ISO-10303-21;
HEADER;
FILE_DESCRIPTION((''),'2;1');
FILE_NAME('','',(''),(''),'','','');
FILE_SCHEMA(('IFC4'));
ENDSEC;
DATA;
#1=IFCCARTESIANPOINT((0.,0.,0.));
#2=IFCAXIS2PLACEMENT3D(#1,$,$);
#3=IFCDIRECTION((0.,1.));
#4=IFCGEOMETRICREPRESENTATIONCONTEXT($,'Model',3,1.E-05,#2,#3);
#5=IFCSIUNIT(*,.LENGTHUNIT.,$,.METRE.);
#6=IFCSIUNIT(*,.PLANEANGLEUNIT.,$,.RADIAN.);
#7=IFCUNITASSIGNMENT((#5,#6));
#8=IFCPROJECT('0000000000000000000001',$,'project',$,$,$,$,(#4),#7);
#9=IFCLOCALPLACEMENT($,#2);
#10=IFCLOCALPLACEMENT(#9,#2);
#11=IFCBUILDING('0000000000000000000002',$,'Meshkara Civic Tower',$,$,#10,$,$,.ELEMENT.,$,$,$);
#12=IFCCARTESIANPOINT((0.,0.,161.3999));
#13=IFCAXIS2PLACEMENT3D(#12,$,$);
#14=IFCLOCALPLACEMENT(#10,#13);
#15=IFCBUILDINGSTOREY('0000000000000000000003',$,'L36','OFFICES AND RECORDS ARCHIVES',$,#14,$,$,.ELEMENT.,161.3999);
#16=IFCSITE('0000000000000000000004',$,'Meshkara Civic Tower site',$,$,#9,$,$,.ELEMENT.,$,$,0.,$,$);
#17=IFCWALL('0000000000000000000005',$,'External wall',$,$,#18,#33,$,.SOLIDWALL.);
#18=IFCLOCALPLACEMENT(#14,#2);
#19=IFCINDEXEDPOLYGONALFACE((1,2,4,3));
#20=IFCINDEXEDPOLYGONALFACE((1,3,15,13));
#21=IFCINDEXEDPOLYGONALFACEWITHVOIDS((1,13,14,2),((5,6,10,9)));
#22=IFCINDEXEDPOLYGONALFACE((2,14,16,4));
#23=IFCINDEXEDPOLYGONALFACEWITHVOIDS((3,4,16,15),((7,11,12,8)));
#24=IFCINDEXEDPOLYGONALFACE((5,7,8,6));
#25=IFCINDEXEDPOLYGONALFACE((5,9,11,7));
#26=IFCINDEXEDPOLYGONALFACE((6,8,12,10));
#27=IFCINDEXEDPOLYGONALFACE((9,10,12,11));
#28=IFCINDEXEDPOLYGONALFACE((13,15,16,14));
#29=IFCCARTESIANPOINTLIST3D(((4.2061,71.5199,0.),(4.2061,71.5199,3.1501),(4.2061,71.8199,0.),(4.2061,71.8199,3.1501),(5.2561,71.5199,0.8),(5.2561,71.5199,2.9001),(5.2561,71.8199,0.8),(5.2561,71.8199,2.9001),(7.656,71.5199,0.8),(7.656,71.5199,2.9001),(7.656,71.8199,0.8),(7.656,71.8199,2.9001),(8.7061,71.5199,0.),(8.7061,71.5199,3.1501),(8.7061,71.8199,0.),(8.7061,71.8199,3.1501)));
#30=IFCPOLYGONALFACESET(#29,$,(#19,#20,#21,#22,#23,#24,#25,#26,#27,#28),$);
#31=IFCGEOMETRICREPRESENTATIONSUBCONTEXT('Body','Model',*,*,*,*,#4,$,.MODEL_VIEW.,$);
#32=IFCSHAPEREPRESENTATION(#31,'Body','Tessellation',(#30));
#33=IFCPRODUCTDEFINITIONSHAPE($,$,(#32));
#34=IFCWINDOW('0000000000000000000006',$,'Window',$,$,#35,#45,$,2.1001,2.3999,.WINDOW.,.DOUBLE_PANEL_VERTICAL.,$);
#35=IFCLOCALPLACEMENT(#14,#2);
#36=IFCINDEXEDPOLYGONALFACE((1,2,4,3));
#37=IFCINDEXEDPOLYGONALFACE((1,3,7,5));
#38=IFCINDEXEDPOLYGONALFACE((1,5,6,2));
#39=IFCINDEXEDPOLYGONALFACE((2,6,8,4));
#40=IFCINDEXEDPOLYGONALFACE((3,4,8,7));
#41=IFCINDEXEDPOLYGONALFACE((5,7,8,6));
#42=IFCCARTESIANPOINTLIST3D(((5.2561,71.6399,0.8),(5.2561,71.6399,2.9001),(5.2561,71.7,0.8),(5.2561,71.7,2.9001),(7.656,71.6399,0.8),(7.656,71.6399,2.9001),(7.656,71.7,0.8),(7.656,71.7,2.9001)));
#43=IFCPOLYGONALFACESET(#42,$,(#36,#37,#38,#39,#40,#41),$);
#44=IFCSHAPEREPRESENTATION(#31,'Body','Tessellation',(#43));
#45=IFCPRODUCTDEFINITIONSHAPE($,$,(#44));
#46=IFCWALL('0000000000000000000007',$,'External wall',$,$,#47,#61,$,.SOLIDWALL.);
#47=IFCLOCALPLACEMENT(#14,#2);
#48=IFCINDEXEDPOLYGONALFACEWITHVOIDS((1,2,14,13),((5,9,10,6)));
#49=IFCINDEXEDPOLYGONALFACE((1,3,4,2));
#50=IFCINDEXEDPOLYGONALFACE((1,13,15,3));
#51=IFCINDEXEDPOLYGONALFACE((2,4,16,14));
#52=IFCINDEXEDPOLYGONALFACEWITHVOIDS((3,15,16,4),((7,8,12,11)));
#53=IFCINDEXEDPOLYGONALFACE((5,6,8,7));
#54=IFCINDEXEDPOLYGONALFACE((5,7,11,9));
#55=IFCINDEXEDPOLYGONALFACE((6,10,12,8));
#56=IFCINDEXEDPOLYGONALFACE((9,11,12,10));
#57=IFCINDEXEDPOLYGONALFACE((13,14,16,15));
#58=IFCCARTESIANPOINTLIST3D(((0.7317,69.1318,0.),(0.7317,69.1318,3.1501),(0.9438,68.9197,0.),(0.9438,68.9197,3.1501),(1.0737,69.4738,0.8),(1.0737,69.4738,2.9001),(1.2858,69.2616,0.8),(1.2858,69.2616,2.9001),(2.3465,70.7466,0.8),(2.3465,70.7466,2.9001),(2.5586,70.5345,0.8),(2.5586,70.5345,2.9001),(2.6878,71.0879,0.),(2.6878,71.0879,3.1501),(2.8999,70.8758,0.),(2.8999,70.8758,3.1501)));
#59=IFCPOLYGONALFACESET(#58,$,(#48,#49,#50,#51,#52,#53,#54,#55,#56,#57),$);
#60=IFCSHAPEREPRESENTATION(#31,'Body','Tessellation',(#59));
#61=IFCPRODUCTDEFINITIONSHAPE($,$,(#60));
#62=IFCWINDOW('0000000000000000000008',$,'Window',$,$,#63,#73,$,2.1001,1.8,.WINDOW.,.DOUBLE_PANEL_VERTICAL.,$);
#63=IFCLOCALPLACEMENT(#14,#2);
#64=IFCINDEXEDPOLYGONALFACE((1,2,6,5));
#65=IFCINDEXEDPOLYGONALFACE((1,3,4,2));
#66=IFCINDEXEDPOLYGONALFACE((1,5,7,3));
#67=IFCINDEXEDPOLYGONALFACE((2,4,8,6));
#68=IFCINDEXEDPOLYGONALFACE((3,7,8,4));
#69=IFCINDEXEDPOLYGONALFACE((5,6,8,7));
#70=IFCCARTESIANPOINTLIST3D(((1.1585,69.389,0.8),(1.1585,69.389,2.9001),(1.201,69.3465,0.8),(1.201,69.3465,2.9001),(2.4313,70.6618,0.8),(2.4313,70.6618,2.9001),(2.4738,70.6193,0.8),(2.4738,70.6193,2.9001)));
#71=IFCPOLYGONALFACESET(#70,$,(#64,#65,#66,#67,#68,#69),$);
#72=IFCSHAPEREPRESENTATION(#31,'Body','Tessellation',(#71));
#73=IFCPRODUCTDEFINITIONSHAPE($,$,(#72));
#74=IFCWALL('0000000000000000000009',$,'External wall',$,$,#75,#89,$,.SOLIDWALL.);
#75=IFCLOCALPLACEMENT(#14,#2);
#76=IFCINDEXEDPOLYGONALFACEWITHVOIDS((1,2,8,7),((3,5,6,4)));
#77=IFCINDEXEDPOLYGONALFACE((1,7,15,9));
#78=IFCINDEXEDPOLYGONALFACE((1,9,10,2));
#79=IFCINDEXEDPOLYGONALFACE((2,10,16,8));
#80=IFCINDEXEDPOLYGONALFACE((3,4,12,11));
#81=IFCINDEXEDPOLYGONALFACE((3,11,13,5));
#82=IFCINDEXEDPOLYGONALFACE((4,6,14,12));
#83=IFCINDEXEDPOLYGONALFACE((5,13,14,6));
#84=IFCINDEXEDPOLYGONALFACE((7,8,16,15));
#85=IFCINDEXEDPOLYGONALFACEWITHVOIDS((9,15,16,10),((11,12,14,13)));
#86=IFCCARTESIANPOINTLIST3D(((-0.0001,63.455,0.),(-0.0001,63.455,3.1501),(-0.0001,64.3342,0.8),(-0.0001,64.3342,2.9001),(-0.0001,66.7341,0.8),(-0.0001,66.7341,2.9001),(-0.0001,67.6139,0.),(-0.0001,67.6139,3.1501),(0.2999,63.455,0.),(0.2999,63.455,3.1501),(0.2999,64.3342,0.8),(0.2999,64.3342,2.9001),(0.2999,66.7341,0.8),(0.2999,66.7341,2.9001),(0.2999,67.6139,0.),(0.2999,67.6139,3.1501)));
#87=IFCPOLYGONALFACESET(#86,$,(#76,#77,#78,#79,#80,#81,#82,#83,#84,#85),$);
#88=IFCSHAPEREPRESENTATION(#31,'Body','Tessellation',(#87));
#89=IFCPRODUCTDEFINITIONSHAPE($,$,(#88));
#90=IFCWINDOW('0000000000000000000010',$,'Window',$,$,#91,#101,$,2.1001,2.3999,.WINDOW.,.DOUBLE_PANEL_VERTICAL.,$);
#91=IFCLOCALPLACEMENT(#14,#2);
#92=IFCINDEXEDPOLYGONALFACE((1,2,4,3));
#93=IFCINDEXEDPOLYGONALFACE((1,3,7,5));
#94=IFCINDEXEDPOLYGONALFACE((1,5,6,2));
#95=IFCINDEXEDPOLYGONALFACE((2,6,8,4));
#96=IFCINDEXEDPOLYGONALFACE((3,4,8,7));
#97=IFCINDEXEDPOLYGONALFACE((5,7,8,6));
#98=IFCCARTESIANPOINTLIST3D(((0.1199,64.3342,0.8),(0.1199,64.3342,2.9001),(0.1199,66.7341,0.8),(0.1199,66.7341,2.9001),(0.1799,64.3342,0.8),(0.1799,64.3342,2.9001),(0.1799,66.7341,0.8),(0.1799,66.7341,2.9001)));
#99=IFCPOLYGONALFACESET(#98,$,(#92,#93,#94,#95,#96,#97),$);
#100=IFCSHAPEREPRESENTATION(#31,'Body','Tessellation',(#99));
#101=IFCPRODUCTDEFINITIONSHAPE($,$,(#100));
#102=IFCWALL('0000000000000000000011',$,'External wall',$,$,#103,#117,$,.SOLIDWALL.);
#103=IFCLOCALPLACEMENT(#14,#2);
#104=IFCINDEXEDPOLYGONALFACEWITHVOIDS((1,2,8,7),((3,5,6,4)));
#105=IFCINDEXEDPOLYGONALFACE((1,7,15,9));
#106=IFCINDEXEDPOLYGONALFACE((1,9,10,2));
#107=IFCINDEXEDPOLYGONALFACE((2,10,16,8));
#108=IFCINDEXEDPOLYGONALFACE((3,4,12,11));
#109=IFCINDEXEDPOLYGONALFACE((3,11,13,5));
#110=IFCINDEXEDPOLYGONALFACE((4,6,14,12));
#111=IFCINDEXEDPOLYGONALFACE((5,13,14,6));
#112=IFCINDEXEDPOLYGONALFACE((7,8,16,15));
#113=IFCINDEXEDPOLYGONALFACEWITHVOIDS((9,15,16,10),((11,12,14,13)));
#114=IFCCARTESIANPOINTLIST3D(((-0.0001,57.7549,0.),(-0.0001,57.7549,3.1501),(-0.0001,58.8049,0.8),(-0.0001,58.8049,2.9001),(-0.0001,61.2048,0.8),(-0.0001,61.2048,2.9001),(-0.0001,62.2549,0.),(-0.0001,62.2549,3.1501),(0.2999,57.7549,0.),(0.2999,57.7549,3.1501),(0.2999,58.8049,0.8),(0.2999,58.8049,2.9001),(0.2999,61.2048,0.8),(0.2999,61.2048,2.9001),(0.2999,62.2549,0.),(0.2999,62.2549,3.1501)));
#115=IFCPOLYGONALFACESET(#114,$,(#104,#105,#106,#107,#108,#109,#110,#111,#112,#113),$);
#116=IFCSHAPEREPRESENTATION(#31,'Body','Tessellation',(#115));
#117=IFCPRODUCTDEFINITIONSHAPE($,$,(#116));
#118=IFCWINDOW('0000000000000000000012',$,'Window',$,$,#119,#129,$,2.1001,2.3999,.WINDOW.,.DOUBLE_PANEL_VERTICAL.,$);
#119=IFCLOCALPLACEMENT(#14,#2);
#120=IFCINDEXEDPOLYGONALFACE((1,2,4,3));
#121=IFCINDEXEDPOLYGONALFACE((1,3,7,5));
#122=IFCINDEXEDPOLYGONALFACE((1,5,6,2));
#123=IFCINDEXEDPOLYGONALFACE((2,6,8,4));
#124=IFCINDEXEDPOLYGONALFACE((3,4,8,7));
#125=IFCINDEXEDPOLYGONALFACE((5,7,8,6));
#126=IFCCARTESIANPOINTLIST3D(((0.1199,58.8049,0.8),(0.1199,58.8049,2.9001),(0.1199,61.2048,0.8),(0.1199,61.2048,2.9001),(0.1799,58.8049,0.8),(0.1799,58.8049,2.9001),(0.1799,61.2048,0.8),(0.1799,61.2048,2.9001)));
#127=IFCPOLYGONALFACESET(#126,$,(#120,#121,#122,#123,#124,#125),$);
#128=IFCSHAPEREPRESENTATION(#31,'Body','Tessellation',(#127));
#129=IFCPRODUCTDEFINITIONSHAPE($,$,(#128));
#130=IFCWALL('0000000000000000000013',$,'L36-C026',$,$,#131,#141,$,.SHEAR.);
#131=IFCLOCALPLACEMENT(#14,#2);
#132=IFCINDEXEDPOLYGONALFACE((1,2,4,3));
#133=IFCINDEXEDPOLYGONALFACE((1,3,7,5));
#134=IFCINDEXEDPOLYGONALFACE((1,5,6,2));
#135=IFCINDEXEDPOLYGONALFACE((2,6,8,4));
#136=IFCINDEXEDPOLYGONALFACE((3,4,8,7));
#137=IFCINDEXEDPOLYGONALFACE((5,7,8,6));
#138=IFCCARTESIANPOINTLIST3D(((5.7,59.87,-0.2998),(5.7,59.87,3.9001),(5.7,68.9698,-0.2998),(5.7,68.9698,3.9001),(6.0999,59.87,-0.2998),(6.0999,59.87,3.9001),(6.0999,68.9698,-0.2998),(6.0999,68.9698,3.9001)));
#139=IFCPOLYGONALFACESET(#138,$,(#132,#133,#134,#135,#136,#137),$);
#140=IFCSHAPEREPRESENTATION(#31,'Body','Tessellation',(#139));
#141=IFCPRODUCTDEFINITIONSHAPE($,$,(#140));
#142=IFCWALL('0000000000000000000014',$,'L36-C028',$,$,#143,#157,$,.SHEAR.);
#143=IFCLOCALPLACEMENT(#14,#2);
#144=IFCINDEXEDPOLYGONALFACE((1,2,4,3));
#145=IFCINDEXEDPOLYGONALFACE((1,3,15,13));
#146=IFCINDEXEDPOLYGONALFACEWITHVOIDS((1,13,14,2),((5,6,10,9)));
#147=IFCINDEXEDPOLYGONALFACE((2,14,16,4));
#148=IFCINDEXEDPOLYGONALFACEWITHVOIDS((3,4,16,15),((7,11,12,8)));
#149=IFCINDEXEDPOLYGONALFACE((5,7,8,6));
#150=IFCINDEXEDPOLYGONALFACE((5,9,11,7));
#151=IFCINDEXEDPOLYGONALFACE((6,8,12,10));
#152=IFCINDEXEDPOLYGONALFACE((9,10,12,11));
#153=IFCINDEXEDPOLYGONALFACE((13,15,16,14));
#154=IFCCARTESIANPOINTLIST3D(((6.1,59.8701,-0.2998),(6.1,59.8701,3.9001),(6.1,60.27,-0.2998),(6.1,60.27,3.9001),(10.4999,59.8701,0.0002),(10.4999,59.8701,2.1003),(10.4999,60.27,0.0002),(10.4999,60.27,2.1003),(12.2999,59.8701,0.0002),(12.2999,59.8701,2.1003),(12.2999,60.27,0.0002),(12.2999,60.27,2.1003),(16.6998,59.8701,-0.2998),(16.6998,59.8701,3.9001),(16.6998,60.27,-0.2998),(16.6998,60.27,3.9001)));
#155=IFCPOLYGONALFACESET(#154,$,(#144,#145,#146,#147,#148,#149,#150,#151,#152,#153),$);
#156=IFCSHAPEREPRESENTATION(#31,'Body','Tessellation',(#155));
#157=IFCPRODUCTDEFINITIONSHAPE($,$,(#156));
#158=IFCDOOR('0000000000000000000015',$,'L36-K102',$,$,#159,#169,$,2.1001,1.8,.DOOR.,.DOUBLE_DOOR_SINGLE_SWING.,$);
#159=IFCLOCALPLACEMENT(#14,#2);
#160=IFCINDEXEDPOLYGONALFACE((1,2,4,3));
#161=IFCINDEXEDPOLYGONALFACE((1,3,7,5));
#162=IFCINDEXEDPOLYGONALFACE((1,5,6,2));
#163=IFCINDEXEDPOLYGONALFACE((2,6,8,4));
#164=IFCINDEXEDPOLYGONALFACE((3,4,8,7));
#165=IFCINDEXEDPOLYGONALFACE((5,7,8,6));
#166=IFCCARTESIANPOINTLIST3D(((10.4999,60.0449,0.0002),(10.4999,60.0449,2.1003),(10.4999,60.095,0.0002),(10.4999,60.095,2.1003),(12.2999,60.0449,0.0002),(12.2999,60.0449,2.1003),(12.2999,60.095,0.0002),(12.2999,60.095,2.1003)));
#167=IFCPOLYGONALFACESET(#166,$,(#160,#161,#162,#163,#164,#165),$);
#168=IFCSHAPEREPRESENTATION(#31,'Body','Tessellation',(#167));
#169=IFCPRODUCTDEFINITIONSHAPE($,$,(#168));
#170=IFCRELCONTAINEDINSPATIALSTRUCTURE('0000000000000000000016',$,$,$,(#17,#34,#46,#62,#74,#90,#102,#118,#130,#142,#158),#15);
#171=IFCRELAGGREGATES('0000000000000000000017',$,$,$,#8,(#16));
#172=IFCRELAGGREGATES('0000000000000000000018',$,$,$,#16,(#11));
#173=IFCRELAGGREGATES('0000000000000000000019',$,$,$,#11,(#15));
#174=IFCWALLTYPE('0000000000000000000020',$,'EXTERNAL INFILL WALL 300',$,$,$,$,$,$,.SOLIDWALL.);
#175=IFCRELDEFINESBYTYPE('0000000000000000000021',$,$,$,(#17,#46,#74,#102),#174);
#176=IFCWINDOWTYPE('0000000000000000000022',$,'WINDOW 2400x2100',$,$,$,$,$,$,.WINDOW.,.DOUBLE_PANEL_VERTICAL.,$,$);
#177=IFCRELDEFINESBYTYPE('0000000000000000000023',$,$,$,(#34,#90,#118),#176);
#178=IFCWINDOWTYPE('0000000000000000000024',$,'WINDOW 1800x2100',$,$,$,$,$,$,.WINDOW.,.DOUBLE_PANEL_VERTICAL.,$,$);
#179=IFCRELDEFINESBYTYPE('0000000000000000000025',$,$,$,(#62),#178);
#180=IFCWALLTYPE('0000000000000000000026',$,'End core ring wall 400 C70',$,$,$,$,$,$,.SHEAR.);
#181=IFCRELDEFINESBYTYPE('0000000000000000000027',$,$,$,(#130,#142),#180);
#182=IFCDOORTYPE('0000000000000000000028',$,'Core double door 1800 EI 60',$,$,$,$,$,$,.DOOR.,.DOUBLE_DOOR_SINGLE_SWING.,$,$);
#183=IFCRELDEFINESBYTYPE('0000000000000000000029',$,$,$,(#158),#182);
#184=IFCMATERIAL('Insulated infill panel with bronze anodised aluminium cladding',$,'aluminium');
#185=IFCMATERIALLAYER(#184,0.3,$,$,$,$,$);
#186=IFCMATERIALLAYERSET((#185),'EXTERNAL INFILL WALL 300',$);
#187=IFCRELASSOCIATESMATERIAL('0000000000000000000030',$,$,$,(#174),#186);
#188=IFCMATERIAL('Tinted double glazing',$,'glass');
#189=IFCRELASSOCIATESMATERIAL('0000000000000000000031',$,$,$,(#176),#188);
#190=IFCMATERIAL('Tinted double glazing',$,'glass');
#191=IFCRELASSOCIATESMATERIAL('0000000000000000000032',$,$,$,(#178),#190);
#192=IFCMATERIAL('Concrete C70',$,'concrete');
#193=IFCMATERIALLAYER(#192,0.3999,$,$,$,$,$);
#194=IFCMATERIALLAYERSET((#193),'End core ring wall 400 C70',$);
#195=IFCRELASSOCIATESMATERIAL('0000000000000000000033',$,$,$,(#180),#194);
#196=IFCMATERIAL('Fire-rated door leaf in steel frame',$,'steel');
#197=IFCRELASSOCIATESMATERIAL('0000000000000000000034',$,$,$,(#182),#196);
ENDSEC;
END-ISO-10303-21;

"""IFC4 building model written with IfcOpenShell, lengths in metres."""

from ifc_helpers import new_model, si_unit, direction, frame, frame_2d, origin, place, context, subcontext, project, spatial, rectangle, extrude, material, layer, layer_set, type_object, element, fill, save


model = new_model("IFC4")

# Units and contexts
model_context = context("Model", 3, precision=1e-05, world=origin(), true_north=direction((0.0, 1.0)))
body_context = subcontext(model_context, "Body", "Model", "MODEL_VIEW")
ifc_project = project(units=[si_unit("LENGTHUNIT", "METRE"), si_unit("PLANEANGLEUNIT", "RADIAN")], contexts=[model_context])

# Site, building, storey
site_placement = place(None, origin())
site = spatial("IfcSite", under=ifc_project, at=site_placement, Name="Meshkara Civic Tower site", CompositionType="ELEMENT", RefElevation=0.0)
building_placement = place(site_placement, origin())
building = spatial("IfcBuilding", under=site, at=building_placement, Name="Meshkara Civic Tower", CompositionType="ELEMENT")
storey_placement = place(building_placement, frame((0.0, 0.0, 161.3999)))
storey = spatial("IfcBuildingStorey", under=building, at=storey_placement, Name="L36", Description="OFFICES AND RECORDS ARCHIVES", CompositionType="ELEMENT", Elevation=161.3999)

# Walls, openings, windows
ifc_material_1 = material(Name="Insulated infill panel with bronze anodised aluminium cladding", Category="aluminium")
ifc_layer_1 = layer(ifc_material_1, 0.3)
ifc_layer_set_1 = layer_set([ifc_layer_1], Name="EXTERNAL INFILL WALL 300")
wall_type_1 = type_object("IfcWallType", Name="EXTERNAL INFILL WALL 300", PredefinedType="SOLIDWALL", material=ifc_layer_set_1)
wall_1_placement = place(storey_placement, frame((8.7061, 71.6699, 0.0), z_axis=(0.0, 0.0, 1.0), x_axis=(-1.0, 0.0, 0.0)))
wall_1 = element("IfcWall", 1, at=wall_1_placement, inside=storey, type_object=wall_type_1, Name="External wall", PredefinedType="SOLIDWALL", context=body_context, shape_type="SweptSolid", body=[
    extrude(rectangle(XDim=4.5, YDim=0.3, at=frame_2d((2.25, 0.0))), origin(), (0.0, 0.0, 1.0), 3.1501),
])
opening_1_placement = place(wall_1_placement, frame((1.05, 0.0, 0.8)))
opening_1 = element("IfcOpeningElement", 2, at=opening_1_placement, cuts=wall_1, PredefinedType="OPENING", context=body_context, shape_type="SweptSolid", body=[
    extrude(rectangle(XDim=2.3999, YDim=2.1001, at=frame_2d((1.2, 1.05))), frame((0.0, 0.1599, 0.0), z_axis=(0.0, -1.0, 0.0), x_axis=(1.0, 0.0, 0.0)), (0.0, 0.0, 1.0), 0.3201),
])
ifc_material_2 = material(Name="Tinted double glazing", Category="glass")
window_type_1 = type_object("IfcWindowType", Name="WINDOW 2400x2100", PartitioningType="DOUBLE_PANEL_VERTICAL", PredefinedType="WINDOW", material=ifc_material_2)
window_1_placement = place(opening_1_placement, origin())
window_1 = element("IfcWindow", 3, at=window_1_placement, inside=storey, type_object=window_type_1, Name="Window", OverallHeight=2.1001, OverallWidth=2.3999, PartitioningType="DOUBLE_PANEL_VERTICAL", PredefinedType="WINDOW", context=body_context, shape_type="SweptSolid", body=[
    extrude(rectangle(XDim=2.3999, YDim=2.1001, at=frame_2d((1.2, 1.05))), frame((0.0, 0.03, 0.0), z_axis=(0.0, -1.0, 0.0), x_axis=(1.0, 0.0, 0.0)), (0.0, 0.0, 1.0), 0.0601),
])
fill(opening_1, window_1)
wall_2_placement = place(storey_placement, frame((2.7939, 70.9819, 0.0), z_axis=(0.0, 0.0, 1.0), x_axis=(-0.707107, -0.707107, 0.0)))
wall_2 = element("IfcWall", 4, at=wall_2_placement, inside=storey, type_object=wall_type_1, Name="External wall", PredefinedType="SOLIDWALL", context=body_context, shape_type="SweptSolid", body=[
    extrude(rectangle(XDim=2.7664, YDim=0.3, at=frame_2d((1.3833, 0.0))), origin(), (0.0, 0.0, 1.0), 3.1501),
])
opening_2_placement = place(wall_2_placement, frame((0.4829, 0.0, 0.8)))
opening_2 = element("IfcOpeningElement", 5, at=opening_2_placement, cuts=wall_2, PredefinedType="OPENING", context=body_context, shape_type="SweptSolid", body=[
    extrude(rectangle(XDim=1.8, YDim=2.1001, at=frame_2d((0.8999, 1.05))), frame((0.0, 0.1599, 0.0), z_axis=(0.0, -1.0, 0.0), x_axis=(1.0, 0.0, 0.0)), (0.0, 0.0, 1.0), 0.3201),
])
ifc_material_3 = material(Name="Tinted double glazing", Category="glass")
window_type_2 = type_object("IfcWindowType", Name="WINDOW 1800x2100", PartitioningType="DOUBLE_PANEL_VERTICAL", PredefinedType="WINDOW", material=ifc_material_3)
window_2_placement = place(opening_2_placement, origin())
window_2 = element("IfcWindow", 6, at=window_2_placement, inside=storey, type_object=window_type_2, Name="Window", OverallHeight=2.1001, OverallWidth=1.8, PartitioningType="DOUBLE_PANEL_VERTICAL", PredefinedType="WINDOW", context=body_context, shape_type="SweptSolid", body=[
    extrude(rectangle(XDim=1.8, YDim=2.1001, at=frame_2d((0.8999, 1.05))), frame((0.0, 0.03, 0.0), z_axis=(0.0, -1.0, 0.0), x_axis=(1.0, 0.0, 0.0)), (0.0, 0.0, 1.0), 0.0601),
])
fill(opening_2, window_2)
wall_3_placement = place(storey_placement, frame((0.1499, 67.614, 0.0), z_axis=(0.0, 0.0, 1.0), x_axis=(0.0, -1.0, 0.0)))
wall_3 = element("IfcWall", 7, at=wall_3_placement, inside=storey, type_object=wall_type_1, Name="External wall", PredefinedType="SOLIDWALL", context=body_context, shape_type="SweptSolid", body=[
    extrude(rectangle(XDim=4.1589, YDim=0.3, at=frame_2d((2.0796, 0.0))), origin(), (0.0, 0.0, 1.0), 3.1501),
])
opening_3_placement = place(wall_3_placement, frame((0.8799, 0.0, 0.8)))
opening_3 = element("IfcOpeningElement", 8, at=opening_3_placement, cuts=wall_3, PredefinedType="OPENING", context=body_context, shape_type="SweptSolid", body=[
    extrude(rectangle(XDim=2.3999, YDim=2.1001, at=frame_2d((1.2, 1.05))), frame((0.0, 0.1599, 0.0), z_axis=(0.0, -1.0, 0.0), x_axis=(1.0, 0.0, 0.0)), (0.0, 0.0, 1.0), 0.3201),
])
window_3_placement = place(opening_3_placement, origin())
window_3 = element("IfcWindow", 9, at=window_3_placement, inside=storey, type_object=window_type_1, Name="Window", OverallHeight=2.1001, OverallWidth=2.3999, PartitioningType="DOUBLE_PANEL_VERTICAL", PredefinedType="WINDOW", context=body_context, shape_type="SweptSolid", body=[
    extrude(rectangle(XDim=2.3999, YDim=2.1001, at=frame_2d((1.2, 1.05))), frame((0.0, 0.03, 0.0), z_axis=(0.0, -1.0, 0.0), x_axis=(1.0, 0.0, 0.0)), (0.0, 0.0, 1.0), 0.0601),
])
fill(opening_3, window_3)
wall_4_placement = place(storey_placement, frame((0.1499, 62.2549, 0.0), z_axis=(0.0, 0.0, 1.0), x_axis=(0.0, -1.0, 0.0)))
wall_4 = element("IfcWall", 10, at=wall_4_placement, inside=storey, type_object=wall_type_1, Name="External wall", PredefinedType="SOLIDWALL", context=body_context, shape_type="SweptSolid", body=[
    extrude(rectangle(XDim=4.5, YDim=0.3, at=frame_2d((2.25, 0.0))), origin(), (0.0, 0.0, 1.0), 3.1501),
])
opening_4_placement = place(wall_4_placement, frame((1.05, 0.0, 0.8)))
opening_4 = element("IfcOpeningElement", 11, at=opening_4_placement, cuts=wall_4, PredefinedType="OPENING", context=body_context, shape_type="SweptSolid", body=[
    extrude(rectangle(XDim=2.3999, YDim=2.1001, at=frame_2d((1.2, 1.05))), frame((0.0, 0.1599, 0.0), z_axis=(0.0, -1.0, 0.0), x_axis=(1.0, 0.0, 0.0)), (0.0, 0.0, 1.0), 0.3201),
])
window_4_placement = place(opening_4_placement, origin())
window_4 = element("IfcWindow", 12, at=window_4_placement, inside=storey, type_object=window_type_1, Name="Window", OverallHeight=2.1001, OverallWidth=2.3999, PartitioningType="DOUBLE_PANEL_VERTICAL", PredefinedType="WINDOW", context=body_context, shape_type="SweptSolid", body=[
    extrude(rectangle(XDim=2.3999, YDim=2.1001, at=frame_2d((1.2, 1.05))), frame((0.0, 0.03, 0.0), z_axis=(0.0, -1.0, 0.0), x_axis=(1.0, 0.0, 0.0)), (0.0, 0.0, 1.0), 0.0601),
])
fill(opening_4, window_4)

# Wall
ifc_material_4 = material(Name="Concrete C70", Category="concrete")
ifc_layer_2 = layer(ifc_material_4, 0.3999)
ifc_layer_set_2 = layer_set([ifc_layer_2], Name="End core ring wall 400 C70")
wall_type_2 = type_object("IfcWallType", Name="End core ring wall 400 C70", PredefinedType="SHEAR", material=ifc_layer_set_2)
wall_5_placement = place(storey_placement, frame((5.8999, 59.8701, -0.2998), z_axis=(0.0, 0.0, 1.0), x_axis=(0.0, 1.0, 0.0)))
element("IfcWall", 13, at=wall_5_placement, inside=storey, type_object=wall_type_2, Name="L36-C026", PredefinedType="SHEAR", context=body_context, shape_type="SweptSolid", body=[
    extrude(rectangle(XDim=9.0999, YDim=0.3999, at=frame_2d((4.5498, 0.0))), origin(), (0.0, 0.0, 1.0), 4.2),
])

# Wall, opening, door
wall_6_placement = place(storey_placement, frame((6.1001, 60.0701, -0.2998), z_axis=(0.0, 0.0, 1.0), x_axis=(1.0, 0.0, 0.0)))
wall_6 = element("IfcWall", 14, at=wall_6_placement, inside=storey, type_object=wall_type_2, Name="L36-C028", PredefinedType="SHEAR", context=body_context, shape_type="SweptSolid", body=[
    extrude(rectangle(XDim=10.5999, YDim=0.3999, at=frame_2d((5.2998, 0.0))), origin(), (0.0, 0.0, 1.0), 4.2),
])
opening_5_placement = place(wall_6_placement, frame((4.3999, 0.0, 0.3)))
opening_5 = element("IfcOpeningElement", 15, at=opening_5_placement, cuts=wall_6, PredefinedType="OPENING", context=body_context, shape_type="SweptSolid", body=[
    extrude(rectangle(XDim=1.8, YDim=2.1001, at=frame_2d((0.8999, 1.05))), frame((0.0, 0.21, 0.0), z_axis=(0.0, -1.0, 0.0), x_axis=(1.0, 0.0, 0.0)), (0.0, 0.0, 1.0), 0.4199),
])
ifc_material_5 = material(Name="Fire-rated door leaf in steel frame", Category="steel")
door_type_1 = type_object("IfcDoorType", Name="Core double door 1800 EI 60", OperationType="DOUBLE_DOOR_SINGLE_SWING", PredefinedType="DOOR", material=ifc_material_5)
door_1_placement = place(opening_5_placement, origin())
door_1 = element("IfcDoor", 16, at=door_1_placement, inside=storey, type_object=door_type_1, Name="L36-K102", OperationType="DOUBLE_DOOR_SINGLE_SWING", OverallHeight=2.1001, OverallWidth=1.8, PredefinedType="DOOR", context=body_context, shape_type="SweptSolid", body=[
    extrude(rectangle(XDim=1.8, YDim=2.1001, at=frame_2d((0.8999, 1.05))), frame((0.0, 0.0249, 0.0), z_axis=(0.0, -1.0, 0.0), x_axis=(1.0, 0.0, 0.0)), (0.0, 0.0, 1.0), 0.05),
])
fill(opening_5, door_1)

save(model, "model.ifc")
